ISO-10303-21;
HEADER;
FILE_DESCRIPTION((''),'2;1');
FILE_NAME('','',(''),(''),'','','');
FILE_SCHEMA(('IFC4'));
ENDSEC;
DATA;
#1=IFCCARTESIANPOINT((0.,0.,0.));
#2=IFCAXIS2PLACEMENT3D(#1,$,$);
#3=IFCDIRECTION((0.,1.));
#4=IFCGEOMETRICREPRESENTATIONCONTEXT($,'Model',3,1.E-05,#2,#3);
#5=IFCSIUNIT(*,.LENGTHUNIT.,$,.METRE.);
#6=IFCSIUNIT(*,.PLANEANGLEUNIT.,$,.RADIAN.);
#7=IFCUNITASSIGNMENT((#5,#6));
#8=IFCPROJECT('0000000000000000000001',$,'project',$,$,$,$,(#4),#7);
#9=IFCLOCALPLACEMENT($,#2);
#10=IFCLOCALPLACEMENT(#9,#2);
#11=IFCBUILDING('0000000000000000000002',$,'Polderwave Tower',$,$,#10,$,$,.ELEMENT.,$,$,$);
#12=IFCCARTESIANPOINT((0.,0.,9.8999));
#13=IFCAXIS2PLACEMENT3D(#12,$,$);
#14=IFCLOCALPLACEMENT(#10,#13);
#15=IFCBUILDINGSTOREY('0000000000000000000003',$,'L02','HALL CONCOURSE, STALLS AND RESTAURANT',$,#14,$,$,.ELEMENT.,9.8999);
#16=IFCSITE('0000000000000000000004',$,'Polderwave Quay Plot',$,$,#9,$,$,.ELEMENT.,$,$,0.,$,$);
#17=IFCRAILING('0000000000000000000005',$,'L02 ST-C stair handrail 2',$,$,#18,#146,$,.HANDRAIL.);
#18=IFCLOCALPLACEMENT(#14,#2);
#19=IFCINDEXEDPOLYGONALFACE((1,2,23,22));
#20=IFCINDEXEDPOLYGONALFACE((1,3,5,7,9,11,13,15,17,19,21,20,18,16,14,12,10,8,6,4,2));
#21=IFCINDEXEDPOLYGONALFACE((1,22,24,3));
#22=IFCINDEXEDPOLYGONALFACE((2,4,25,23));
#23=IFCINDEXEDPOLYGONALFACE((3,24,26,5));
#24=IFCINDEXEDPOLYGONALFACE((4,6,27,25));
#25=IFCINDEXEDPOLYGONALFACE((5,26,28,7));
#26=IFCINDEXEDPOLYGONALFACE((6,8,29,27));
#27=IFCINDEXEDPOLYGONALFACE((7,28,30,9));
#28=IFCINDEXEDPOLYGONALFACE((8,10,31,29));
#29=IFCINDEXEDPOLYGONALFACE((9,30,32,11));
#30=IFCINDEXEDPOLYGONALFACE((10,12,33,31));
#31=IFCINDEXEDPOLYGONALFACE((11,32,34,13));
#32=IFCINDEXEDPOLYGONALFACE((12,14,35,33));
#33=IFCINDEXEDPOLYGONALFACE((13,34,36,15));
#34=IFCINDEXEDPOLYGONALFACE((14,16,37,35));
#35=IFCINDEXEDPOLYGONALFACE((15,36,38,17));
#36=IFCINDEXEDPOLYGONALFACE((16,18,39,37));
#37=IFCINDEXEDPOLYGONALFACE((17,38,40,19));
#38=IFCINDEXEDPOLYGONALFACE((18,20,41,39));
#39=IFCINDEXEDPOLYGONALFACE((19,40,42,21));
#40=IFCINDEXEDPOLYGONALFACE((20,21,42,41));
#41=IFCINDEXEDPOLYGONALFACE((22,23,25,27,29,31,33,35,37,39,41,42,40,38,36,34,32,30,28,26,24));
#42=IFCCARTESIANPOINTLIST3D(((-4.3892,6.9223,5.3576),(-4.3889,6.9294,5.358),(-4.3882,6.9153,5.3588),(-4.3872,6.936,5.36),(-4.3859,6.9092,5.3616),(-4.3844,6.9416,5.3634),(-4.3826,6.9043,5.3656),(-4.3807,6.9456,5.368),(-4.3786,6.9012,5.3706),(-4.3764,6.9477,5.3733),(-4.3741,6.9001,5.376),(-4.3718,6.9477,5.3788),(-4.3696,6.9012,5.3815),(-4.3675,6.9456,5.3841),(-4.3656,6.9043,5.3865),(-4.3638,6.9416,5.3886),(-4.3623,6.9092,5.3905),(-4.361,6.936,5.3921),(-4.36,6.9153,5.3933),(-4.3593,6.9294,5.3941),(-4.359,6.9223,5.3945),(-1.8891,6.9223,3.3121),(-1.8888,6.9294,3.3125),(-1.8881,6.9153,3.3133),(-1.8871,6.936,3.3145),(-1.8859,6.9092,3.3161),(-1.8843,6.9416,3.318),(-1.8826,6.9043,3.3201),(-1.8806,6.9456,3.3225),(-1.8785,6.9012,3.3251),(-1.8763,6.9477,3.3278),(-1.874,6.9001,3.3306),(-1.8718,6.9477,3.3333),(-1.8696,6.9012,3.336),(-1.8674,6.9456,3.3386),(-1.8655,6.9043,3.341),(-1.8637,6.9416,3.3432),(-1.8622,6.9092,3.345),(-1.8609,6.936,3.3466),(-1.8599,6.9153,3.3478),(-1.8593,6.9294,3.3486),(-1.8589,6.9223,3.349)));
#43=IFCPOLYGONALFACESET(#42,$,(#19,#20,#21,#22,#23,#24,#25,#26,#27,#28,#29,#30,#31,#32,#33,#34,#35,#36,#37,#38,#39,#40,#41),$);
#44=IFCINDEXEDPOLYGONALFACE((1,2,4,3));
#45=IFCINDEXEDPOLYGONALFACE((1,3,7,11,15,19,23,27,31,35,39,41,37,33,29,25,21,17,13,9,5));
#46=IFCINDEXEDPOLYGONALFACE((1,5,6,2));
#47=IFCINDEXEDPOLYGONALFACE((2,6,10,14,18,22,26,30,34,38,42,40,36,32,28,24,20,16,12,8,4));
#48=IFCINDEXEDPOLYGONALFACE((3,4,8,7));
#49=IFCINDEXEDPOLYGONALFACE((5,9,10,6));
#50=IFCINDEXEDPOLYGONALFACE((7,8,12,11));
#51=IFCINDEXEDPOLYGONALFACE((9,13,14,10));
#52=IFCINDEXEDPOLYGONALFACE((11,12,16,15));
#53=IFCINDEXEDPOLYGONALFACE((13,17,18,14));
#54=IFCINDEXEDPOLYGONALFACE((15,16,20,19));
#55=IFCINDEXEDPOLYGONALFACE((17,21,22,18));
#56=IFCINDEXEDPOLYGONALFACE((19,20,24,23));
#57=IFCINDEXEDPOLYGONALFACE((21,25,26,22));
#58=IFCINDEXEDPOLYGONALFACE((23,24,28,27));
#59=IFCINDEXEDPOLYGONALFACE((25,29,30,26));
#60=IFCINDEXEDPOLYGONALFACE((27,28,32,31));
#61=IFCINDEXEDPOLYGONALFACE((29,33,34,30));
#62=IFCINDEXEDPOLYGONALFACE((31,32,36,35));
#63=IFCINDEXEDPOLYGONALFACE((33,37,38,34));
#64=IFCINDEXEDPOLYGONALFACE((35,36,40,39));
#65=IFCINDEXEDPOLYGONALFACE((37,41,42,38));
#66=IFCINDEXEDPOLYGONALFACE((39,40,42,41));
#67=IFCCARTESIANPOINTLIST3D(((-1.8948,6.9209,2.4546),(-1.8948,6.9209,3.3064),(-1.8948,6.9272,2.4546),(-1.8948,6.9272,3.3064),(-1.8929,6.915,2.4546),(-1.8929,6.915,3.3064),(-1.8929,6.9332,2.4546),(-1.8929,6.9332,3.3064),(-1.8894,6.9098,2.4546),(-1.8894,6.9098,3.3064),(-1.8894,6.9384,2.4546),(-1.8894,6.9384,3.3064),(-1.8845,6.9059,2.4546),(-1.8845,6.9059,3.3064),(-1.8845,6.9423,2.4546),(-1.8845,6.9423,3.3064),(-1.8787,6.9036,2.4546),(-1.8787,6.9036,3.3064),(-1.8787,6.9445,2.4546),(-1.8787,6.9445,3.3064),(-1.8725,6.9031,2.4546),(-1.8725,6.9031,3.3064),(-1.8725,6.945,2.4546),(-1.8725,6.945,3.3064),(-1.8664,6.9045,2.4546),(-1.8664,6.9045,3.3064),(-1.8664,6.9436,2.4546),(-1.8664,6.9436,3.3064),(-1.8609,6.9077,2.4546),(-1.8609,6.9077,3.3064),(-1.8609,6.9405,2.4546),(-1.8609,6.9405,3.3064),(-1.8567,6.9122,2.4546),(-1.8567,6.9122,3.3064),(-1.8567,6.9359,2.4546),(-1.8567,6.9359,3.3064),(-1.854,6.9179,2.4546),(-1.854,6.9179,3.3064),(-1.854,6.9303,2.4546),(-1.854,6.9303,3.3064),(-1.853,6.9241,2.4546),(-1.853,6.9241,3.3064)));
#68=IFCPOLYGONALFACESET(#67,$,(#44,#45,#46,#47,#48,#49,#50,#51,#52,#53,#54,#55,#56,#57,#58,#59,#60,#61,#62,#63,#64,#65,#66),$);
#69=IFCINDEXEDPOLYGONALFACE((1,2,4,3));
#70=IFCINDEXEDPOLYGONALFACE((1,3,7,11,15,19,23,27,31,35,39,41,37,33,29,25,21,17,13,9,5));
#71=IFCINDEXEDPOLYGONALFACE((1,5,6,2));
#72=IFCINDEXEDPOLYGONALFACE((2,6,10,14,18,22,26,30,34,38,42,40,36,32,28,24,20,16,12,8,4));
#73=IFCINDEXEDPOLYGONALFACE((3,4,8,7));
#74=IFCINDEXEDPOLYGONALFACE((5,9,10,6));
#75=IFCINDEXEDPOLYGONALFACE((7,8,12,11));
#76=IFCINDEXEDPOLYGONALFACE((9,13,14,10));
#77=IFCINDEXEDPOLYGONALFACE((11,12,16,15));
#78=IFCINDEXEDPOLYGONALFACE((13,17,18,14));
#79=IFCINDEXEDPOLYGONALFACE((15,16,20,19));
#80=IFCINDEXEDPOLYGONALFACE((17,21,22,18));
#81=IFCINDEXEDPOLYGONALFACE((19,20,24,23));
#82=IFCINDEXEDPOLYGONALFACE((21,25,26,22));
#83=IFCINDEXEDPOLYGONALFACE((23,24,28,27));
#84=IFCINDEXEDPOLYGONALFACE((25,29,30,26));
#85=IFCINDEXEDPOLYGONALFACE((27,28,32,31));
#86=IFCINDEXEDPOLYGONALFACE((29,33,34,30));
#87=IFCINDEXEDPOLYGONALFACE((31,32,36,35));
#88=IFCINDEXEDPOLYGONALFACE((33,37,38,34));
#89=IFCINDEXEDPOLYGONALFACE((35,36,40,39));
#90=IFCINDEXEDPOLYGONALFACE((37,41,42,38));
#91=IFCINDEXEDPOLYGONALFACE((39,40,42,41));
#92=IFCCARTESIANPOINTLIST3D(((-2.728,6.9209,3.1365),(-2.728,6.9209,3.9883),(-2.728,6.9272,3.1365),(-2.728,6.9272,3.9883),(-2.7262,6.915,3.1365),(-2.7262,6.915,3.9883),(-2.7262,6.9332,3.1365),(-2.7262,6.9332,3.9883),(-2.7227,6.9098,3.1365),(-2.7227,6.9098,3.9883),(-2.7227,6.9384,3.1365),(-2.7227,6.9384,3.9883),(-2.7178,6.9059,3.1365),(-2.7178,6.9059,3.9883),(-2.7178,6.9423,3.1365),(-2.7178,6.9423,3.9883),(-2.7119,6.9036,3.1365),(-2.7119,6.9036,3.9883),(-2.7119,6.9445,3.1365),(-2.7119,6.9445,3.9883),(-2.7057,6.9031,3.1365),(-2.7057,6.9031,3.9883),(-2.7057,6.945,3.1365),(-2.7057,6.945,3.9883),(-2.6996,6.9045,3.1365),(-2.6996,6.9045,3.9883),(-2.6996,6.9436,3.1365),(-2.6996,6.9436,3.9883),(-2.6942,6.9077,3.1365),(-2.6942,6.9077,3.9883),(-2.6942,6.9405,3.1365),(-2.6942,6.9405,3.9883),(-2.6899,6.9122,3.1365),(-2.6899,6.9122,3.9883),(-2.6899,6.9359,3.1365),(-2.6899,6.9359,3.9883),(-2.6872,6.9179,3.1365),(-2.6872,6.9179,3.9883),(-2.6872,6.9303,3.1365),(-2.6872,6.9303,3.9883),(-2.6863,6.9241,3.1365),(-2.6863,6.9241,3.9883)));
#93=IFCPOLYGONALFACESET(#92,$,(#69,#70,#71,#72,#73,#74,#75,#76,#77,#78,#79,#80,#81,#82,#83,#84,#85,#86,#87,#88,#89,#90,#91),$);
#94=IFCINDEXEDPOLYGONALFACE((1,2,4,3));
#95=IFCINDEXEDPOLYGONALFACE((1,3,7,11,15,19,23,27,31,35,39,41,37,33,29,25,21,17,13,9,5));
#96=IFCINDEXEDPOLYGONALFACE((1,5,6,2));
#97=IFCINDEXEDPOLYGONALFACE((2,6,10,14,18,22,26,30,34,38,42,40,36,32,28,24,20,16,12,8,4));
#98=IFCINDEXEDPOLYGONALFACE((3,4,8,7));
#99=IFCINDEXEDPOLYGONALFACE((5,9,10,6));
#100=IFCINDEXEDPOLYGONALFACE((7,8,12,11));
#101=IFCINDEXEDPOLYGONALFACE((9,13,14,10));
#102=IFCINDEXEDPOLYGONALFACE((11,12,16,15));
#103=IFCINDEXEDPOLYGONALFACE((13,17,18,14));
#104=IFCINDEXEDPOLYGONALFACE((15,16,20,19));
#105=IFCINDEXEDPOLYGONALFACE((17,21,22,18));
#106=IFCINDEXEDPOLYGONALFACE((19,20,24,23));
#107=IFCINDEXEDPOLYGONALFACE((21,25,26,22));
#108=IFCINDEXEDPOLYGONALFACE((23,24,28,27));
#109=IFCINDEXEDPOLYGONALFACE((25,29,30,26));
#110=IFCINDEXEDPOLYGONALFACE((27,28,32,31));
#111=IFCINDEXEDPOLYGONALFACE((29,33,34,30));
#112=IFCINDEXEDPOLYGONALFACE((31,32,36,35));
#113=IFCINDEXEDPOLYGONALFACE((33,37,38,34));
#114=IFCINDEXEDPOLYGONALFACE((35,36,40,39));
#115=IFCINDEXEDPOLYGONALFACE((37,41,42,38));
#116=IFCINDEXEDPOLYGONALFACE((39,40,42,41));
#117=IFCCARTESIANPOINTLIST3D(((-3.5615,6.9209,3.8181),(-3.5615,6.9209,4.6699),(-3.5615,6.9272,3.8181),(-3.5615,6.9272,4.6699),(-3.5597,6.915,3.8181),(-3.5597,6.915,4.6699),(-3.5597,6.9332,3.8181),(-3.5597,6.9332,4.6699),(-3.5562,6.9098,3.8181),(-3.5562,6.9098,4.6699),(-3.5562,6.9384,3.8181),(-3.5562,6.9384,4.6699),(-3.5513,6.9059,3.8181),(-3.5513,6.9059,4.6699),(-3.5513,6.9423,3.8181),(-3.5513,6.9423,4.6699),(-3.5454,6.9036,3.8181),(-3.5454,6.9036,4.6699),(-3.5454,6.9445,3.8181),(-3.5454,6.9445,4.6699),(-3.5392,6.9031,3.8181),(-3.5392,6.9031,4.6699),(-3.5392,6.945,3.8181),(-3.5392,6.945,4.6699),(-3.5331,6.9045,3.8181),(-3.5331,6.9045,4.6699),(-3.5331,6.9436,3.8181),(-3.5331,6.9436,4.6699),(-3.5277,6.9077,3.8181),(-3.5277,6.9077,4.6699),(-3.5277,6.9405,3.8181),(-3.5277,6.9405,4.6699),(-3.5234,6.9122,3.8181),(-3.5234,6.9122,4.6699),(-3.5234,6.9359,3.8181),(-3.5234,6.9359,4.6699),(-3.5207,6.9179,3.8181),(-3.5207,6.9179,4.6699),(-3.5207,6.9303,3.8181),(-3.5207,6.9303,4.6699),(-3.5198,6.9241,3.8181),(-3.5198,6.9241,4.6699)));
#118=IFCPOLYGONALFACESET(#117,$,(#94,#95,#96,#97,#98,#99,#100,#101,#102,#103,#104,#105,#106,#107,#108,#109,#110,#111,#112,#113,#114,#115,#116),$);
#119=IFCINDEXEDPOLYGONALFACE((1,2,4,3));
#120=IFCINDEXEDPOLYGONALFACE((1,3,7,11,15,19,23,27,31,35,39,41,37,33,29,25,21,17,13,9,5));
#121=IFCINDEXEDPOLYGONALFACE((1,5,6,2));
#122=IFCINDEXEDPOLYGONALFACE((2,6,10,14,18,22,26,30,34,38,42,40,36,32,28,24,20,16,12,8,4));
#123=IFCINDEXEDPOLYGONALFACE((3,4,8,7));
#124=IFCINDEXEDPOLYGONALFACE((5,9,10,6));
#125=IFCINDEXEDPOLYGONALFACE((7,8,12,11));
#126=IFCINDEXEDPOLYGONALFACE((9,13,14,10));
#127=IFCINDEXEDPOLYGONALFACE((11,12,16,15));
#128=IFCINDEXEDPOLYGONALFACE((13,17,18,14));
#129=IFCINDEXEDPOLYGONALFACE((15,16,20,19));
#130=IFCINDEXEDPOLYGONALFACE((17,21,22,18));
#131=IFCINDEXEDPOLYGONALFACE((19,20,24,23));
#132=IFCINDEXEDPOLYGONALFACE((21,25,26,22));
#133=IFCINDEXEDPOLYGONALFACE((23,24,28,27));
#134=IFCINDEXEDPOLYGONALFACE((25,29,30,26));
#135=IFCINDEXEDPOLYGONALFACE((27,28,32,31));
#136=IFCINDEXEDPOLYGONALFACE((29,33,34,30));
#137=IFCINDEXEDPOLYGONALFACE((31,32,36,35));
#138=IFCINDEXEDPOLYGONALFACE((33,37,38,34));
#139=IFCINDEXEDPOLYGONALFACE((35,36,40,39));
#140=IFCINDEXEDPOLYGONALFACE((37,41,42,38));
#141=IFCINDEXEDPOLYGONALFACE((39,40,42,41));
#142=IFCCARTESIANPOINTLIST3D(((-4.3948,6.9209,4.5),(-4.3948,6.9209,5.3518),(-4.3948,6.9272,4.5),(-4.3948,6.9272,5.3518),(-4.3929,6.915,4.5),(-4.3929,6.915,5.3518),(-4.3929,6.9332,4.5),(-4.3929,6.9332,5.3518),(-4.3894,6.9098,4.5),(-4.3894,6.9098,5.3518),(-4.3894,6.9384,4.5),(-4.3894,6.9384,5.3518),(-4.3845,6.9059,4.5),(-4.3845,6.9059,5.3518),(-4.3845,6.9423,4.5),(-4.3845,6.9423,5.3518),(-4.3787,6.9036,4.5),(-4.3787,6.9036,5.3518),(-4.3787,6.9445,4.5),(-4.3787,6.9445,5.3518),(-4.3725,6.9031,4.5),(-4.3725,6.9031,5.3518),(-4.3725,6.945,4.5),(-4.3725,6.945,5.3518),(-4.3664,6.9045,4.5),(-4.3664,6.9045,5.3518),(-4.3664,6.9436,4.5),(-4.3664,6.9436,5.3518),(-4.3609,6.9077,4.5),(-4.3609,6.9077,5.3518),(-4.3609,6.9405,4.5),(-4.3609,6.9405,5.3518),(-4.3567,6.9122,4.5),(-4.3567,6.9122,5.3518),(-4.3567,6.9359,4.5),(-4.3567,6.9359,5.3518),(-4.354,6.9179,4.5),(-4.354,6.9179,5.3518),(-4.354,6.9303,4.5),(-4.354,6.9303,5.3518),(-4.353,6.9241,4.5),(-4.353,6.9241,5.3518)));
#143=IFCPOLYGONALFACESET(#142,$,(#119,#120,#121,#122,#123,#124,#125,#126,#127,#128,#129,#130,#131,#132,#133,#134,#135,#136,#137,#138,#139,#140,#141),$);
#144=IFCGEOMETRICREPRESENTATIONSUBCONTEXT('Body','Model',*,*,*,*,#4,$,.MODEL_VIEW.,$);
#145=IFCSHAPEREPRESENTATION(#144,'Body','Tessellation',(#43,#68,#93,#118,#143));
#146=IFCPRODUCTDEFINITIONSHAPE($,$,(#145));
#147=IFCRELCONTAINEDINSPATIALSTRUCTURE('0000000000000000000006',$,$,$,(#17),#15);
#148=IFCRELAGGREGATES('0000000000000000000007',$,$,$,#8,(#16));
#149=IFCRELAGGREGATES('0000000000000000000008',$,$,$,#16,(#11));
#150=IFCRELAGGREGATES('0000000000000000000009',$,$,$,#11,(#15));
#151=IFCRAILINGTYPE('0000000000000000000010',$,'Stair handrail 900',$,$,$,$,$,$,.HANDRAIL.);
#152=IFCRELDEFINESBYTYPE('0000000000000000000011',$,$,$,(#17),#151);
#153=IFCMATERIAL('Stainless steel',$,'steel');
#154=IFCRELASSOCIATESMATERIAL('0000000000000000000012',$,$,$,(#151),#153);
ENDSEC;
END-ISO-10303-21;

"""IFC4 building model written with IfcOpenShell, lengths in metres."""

from ifc_helpers import new_model, si_unit, direction, frame, origin, origin_2d, place, context, subcontext, project, spatial, circle, extrude, material, type_object, element, save


model = new_model("IFC4")

# Units and contexts
model_context = context("Model", 3, precision=1e-05, world=origin(), true_north=direction((0.0, 1.0)))
body_context = subcontext(model_context, "Body", "Model", "MODEL_VIEW")
ifc_project = project(units=[si_unit("LENGTHUNIT", "METRE"), si_unit("PLANEANGLEUNIT", "RADIAN")], contexts=[model_context])

# Site, building, storey
site_placement = place(None, origin())
site = spatial("IfcSite", under=ifc_project, at=site_placement, Name="Polderwave Quay Plot", CompositionType="ELEMENT", RefElevation=0.0)
building_placement = place(site_placement, origin())
building = spatial("IfcBuilding", under=site, at=building_placement, Name="Polderwave Tower", CompositionType="ELEMENT")
storey_placement = place(building_placement, frame((0.0, 0.0, 9.8999)))
storey = spatial("IfcBuildingStorey", under=building, at=storey_placement, Name="L02", Description="HALL CONCOURSE, STALLS AND RESTAURANT", CompositionType="ELEMENT", Elevation=9.8999)

# Railing
ifc_material_1 = material(Name="Stainless steel", Category="steel")
railing_type_1 = type_object("IfcRailingType", Name="Stair handrail 900", PredefinedType="HANDRAIL", material=ifc_material_1)
railing_1_placement = place(storey_placement, frame((-1.874, 6.9241, 2.4546)))
element("IfcRailing", 1, at=railing_1_placement, inside=storey, type_object=railing_type_1, Name="L02 ST-C stair handrail 2", PredefinedType="HANDRAIL", context=body_context, shape_type="SweptSolid", body=[
    extrude(circle(Radius=0.0239, at=origin_2d()), frame((0.0, 0.0, 0.876), z_axis=(-0.773964, 0.0, 0.63323), x_axis=(0.0, -1.0, 0.0)), (0.0, 0.0, 1.0), 3.2302),
    extrude(circle(Radius=0.021, at=origin_2d()), origin(), (0.0, 0.0, 1.0), 0.8518),
    extrude(circle(Radius=0.021, at=origin_2d()), frame((-0.8333, 0.0, 0.6819)), (0.0, 0.0, 1.0), 0.8518),
    extrude(circle(Radius=0.021, at=origin_2d()), frame((-1.6667, 0.0, 1.3635)), (0.0, 0.0, 1.0), 0.8518),
    extrude(circle(Radius=0.021, at=origin_2d()), frame((-2.5, 0.0, 2.0454)), (0.0, 0.0, 1.0), 0.8518),
])

save(model, "model.ifc")
